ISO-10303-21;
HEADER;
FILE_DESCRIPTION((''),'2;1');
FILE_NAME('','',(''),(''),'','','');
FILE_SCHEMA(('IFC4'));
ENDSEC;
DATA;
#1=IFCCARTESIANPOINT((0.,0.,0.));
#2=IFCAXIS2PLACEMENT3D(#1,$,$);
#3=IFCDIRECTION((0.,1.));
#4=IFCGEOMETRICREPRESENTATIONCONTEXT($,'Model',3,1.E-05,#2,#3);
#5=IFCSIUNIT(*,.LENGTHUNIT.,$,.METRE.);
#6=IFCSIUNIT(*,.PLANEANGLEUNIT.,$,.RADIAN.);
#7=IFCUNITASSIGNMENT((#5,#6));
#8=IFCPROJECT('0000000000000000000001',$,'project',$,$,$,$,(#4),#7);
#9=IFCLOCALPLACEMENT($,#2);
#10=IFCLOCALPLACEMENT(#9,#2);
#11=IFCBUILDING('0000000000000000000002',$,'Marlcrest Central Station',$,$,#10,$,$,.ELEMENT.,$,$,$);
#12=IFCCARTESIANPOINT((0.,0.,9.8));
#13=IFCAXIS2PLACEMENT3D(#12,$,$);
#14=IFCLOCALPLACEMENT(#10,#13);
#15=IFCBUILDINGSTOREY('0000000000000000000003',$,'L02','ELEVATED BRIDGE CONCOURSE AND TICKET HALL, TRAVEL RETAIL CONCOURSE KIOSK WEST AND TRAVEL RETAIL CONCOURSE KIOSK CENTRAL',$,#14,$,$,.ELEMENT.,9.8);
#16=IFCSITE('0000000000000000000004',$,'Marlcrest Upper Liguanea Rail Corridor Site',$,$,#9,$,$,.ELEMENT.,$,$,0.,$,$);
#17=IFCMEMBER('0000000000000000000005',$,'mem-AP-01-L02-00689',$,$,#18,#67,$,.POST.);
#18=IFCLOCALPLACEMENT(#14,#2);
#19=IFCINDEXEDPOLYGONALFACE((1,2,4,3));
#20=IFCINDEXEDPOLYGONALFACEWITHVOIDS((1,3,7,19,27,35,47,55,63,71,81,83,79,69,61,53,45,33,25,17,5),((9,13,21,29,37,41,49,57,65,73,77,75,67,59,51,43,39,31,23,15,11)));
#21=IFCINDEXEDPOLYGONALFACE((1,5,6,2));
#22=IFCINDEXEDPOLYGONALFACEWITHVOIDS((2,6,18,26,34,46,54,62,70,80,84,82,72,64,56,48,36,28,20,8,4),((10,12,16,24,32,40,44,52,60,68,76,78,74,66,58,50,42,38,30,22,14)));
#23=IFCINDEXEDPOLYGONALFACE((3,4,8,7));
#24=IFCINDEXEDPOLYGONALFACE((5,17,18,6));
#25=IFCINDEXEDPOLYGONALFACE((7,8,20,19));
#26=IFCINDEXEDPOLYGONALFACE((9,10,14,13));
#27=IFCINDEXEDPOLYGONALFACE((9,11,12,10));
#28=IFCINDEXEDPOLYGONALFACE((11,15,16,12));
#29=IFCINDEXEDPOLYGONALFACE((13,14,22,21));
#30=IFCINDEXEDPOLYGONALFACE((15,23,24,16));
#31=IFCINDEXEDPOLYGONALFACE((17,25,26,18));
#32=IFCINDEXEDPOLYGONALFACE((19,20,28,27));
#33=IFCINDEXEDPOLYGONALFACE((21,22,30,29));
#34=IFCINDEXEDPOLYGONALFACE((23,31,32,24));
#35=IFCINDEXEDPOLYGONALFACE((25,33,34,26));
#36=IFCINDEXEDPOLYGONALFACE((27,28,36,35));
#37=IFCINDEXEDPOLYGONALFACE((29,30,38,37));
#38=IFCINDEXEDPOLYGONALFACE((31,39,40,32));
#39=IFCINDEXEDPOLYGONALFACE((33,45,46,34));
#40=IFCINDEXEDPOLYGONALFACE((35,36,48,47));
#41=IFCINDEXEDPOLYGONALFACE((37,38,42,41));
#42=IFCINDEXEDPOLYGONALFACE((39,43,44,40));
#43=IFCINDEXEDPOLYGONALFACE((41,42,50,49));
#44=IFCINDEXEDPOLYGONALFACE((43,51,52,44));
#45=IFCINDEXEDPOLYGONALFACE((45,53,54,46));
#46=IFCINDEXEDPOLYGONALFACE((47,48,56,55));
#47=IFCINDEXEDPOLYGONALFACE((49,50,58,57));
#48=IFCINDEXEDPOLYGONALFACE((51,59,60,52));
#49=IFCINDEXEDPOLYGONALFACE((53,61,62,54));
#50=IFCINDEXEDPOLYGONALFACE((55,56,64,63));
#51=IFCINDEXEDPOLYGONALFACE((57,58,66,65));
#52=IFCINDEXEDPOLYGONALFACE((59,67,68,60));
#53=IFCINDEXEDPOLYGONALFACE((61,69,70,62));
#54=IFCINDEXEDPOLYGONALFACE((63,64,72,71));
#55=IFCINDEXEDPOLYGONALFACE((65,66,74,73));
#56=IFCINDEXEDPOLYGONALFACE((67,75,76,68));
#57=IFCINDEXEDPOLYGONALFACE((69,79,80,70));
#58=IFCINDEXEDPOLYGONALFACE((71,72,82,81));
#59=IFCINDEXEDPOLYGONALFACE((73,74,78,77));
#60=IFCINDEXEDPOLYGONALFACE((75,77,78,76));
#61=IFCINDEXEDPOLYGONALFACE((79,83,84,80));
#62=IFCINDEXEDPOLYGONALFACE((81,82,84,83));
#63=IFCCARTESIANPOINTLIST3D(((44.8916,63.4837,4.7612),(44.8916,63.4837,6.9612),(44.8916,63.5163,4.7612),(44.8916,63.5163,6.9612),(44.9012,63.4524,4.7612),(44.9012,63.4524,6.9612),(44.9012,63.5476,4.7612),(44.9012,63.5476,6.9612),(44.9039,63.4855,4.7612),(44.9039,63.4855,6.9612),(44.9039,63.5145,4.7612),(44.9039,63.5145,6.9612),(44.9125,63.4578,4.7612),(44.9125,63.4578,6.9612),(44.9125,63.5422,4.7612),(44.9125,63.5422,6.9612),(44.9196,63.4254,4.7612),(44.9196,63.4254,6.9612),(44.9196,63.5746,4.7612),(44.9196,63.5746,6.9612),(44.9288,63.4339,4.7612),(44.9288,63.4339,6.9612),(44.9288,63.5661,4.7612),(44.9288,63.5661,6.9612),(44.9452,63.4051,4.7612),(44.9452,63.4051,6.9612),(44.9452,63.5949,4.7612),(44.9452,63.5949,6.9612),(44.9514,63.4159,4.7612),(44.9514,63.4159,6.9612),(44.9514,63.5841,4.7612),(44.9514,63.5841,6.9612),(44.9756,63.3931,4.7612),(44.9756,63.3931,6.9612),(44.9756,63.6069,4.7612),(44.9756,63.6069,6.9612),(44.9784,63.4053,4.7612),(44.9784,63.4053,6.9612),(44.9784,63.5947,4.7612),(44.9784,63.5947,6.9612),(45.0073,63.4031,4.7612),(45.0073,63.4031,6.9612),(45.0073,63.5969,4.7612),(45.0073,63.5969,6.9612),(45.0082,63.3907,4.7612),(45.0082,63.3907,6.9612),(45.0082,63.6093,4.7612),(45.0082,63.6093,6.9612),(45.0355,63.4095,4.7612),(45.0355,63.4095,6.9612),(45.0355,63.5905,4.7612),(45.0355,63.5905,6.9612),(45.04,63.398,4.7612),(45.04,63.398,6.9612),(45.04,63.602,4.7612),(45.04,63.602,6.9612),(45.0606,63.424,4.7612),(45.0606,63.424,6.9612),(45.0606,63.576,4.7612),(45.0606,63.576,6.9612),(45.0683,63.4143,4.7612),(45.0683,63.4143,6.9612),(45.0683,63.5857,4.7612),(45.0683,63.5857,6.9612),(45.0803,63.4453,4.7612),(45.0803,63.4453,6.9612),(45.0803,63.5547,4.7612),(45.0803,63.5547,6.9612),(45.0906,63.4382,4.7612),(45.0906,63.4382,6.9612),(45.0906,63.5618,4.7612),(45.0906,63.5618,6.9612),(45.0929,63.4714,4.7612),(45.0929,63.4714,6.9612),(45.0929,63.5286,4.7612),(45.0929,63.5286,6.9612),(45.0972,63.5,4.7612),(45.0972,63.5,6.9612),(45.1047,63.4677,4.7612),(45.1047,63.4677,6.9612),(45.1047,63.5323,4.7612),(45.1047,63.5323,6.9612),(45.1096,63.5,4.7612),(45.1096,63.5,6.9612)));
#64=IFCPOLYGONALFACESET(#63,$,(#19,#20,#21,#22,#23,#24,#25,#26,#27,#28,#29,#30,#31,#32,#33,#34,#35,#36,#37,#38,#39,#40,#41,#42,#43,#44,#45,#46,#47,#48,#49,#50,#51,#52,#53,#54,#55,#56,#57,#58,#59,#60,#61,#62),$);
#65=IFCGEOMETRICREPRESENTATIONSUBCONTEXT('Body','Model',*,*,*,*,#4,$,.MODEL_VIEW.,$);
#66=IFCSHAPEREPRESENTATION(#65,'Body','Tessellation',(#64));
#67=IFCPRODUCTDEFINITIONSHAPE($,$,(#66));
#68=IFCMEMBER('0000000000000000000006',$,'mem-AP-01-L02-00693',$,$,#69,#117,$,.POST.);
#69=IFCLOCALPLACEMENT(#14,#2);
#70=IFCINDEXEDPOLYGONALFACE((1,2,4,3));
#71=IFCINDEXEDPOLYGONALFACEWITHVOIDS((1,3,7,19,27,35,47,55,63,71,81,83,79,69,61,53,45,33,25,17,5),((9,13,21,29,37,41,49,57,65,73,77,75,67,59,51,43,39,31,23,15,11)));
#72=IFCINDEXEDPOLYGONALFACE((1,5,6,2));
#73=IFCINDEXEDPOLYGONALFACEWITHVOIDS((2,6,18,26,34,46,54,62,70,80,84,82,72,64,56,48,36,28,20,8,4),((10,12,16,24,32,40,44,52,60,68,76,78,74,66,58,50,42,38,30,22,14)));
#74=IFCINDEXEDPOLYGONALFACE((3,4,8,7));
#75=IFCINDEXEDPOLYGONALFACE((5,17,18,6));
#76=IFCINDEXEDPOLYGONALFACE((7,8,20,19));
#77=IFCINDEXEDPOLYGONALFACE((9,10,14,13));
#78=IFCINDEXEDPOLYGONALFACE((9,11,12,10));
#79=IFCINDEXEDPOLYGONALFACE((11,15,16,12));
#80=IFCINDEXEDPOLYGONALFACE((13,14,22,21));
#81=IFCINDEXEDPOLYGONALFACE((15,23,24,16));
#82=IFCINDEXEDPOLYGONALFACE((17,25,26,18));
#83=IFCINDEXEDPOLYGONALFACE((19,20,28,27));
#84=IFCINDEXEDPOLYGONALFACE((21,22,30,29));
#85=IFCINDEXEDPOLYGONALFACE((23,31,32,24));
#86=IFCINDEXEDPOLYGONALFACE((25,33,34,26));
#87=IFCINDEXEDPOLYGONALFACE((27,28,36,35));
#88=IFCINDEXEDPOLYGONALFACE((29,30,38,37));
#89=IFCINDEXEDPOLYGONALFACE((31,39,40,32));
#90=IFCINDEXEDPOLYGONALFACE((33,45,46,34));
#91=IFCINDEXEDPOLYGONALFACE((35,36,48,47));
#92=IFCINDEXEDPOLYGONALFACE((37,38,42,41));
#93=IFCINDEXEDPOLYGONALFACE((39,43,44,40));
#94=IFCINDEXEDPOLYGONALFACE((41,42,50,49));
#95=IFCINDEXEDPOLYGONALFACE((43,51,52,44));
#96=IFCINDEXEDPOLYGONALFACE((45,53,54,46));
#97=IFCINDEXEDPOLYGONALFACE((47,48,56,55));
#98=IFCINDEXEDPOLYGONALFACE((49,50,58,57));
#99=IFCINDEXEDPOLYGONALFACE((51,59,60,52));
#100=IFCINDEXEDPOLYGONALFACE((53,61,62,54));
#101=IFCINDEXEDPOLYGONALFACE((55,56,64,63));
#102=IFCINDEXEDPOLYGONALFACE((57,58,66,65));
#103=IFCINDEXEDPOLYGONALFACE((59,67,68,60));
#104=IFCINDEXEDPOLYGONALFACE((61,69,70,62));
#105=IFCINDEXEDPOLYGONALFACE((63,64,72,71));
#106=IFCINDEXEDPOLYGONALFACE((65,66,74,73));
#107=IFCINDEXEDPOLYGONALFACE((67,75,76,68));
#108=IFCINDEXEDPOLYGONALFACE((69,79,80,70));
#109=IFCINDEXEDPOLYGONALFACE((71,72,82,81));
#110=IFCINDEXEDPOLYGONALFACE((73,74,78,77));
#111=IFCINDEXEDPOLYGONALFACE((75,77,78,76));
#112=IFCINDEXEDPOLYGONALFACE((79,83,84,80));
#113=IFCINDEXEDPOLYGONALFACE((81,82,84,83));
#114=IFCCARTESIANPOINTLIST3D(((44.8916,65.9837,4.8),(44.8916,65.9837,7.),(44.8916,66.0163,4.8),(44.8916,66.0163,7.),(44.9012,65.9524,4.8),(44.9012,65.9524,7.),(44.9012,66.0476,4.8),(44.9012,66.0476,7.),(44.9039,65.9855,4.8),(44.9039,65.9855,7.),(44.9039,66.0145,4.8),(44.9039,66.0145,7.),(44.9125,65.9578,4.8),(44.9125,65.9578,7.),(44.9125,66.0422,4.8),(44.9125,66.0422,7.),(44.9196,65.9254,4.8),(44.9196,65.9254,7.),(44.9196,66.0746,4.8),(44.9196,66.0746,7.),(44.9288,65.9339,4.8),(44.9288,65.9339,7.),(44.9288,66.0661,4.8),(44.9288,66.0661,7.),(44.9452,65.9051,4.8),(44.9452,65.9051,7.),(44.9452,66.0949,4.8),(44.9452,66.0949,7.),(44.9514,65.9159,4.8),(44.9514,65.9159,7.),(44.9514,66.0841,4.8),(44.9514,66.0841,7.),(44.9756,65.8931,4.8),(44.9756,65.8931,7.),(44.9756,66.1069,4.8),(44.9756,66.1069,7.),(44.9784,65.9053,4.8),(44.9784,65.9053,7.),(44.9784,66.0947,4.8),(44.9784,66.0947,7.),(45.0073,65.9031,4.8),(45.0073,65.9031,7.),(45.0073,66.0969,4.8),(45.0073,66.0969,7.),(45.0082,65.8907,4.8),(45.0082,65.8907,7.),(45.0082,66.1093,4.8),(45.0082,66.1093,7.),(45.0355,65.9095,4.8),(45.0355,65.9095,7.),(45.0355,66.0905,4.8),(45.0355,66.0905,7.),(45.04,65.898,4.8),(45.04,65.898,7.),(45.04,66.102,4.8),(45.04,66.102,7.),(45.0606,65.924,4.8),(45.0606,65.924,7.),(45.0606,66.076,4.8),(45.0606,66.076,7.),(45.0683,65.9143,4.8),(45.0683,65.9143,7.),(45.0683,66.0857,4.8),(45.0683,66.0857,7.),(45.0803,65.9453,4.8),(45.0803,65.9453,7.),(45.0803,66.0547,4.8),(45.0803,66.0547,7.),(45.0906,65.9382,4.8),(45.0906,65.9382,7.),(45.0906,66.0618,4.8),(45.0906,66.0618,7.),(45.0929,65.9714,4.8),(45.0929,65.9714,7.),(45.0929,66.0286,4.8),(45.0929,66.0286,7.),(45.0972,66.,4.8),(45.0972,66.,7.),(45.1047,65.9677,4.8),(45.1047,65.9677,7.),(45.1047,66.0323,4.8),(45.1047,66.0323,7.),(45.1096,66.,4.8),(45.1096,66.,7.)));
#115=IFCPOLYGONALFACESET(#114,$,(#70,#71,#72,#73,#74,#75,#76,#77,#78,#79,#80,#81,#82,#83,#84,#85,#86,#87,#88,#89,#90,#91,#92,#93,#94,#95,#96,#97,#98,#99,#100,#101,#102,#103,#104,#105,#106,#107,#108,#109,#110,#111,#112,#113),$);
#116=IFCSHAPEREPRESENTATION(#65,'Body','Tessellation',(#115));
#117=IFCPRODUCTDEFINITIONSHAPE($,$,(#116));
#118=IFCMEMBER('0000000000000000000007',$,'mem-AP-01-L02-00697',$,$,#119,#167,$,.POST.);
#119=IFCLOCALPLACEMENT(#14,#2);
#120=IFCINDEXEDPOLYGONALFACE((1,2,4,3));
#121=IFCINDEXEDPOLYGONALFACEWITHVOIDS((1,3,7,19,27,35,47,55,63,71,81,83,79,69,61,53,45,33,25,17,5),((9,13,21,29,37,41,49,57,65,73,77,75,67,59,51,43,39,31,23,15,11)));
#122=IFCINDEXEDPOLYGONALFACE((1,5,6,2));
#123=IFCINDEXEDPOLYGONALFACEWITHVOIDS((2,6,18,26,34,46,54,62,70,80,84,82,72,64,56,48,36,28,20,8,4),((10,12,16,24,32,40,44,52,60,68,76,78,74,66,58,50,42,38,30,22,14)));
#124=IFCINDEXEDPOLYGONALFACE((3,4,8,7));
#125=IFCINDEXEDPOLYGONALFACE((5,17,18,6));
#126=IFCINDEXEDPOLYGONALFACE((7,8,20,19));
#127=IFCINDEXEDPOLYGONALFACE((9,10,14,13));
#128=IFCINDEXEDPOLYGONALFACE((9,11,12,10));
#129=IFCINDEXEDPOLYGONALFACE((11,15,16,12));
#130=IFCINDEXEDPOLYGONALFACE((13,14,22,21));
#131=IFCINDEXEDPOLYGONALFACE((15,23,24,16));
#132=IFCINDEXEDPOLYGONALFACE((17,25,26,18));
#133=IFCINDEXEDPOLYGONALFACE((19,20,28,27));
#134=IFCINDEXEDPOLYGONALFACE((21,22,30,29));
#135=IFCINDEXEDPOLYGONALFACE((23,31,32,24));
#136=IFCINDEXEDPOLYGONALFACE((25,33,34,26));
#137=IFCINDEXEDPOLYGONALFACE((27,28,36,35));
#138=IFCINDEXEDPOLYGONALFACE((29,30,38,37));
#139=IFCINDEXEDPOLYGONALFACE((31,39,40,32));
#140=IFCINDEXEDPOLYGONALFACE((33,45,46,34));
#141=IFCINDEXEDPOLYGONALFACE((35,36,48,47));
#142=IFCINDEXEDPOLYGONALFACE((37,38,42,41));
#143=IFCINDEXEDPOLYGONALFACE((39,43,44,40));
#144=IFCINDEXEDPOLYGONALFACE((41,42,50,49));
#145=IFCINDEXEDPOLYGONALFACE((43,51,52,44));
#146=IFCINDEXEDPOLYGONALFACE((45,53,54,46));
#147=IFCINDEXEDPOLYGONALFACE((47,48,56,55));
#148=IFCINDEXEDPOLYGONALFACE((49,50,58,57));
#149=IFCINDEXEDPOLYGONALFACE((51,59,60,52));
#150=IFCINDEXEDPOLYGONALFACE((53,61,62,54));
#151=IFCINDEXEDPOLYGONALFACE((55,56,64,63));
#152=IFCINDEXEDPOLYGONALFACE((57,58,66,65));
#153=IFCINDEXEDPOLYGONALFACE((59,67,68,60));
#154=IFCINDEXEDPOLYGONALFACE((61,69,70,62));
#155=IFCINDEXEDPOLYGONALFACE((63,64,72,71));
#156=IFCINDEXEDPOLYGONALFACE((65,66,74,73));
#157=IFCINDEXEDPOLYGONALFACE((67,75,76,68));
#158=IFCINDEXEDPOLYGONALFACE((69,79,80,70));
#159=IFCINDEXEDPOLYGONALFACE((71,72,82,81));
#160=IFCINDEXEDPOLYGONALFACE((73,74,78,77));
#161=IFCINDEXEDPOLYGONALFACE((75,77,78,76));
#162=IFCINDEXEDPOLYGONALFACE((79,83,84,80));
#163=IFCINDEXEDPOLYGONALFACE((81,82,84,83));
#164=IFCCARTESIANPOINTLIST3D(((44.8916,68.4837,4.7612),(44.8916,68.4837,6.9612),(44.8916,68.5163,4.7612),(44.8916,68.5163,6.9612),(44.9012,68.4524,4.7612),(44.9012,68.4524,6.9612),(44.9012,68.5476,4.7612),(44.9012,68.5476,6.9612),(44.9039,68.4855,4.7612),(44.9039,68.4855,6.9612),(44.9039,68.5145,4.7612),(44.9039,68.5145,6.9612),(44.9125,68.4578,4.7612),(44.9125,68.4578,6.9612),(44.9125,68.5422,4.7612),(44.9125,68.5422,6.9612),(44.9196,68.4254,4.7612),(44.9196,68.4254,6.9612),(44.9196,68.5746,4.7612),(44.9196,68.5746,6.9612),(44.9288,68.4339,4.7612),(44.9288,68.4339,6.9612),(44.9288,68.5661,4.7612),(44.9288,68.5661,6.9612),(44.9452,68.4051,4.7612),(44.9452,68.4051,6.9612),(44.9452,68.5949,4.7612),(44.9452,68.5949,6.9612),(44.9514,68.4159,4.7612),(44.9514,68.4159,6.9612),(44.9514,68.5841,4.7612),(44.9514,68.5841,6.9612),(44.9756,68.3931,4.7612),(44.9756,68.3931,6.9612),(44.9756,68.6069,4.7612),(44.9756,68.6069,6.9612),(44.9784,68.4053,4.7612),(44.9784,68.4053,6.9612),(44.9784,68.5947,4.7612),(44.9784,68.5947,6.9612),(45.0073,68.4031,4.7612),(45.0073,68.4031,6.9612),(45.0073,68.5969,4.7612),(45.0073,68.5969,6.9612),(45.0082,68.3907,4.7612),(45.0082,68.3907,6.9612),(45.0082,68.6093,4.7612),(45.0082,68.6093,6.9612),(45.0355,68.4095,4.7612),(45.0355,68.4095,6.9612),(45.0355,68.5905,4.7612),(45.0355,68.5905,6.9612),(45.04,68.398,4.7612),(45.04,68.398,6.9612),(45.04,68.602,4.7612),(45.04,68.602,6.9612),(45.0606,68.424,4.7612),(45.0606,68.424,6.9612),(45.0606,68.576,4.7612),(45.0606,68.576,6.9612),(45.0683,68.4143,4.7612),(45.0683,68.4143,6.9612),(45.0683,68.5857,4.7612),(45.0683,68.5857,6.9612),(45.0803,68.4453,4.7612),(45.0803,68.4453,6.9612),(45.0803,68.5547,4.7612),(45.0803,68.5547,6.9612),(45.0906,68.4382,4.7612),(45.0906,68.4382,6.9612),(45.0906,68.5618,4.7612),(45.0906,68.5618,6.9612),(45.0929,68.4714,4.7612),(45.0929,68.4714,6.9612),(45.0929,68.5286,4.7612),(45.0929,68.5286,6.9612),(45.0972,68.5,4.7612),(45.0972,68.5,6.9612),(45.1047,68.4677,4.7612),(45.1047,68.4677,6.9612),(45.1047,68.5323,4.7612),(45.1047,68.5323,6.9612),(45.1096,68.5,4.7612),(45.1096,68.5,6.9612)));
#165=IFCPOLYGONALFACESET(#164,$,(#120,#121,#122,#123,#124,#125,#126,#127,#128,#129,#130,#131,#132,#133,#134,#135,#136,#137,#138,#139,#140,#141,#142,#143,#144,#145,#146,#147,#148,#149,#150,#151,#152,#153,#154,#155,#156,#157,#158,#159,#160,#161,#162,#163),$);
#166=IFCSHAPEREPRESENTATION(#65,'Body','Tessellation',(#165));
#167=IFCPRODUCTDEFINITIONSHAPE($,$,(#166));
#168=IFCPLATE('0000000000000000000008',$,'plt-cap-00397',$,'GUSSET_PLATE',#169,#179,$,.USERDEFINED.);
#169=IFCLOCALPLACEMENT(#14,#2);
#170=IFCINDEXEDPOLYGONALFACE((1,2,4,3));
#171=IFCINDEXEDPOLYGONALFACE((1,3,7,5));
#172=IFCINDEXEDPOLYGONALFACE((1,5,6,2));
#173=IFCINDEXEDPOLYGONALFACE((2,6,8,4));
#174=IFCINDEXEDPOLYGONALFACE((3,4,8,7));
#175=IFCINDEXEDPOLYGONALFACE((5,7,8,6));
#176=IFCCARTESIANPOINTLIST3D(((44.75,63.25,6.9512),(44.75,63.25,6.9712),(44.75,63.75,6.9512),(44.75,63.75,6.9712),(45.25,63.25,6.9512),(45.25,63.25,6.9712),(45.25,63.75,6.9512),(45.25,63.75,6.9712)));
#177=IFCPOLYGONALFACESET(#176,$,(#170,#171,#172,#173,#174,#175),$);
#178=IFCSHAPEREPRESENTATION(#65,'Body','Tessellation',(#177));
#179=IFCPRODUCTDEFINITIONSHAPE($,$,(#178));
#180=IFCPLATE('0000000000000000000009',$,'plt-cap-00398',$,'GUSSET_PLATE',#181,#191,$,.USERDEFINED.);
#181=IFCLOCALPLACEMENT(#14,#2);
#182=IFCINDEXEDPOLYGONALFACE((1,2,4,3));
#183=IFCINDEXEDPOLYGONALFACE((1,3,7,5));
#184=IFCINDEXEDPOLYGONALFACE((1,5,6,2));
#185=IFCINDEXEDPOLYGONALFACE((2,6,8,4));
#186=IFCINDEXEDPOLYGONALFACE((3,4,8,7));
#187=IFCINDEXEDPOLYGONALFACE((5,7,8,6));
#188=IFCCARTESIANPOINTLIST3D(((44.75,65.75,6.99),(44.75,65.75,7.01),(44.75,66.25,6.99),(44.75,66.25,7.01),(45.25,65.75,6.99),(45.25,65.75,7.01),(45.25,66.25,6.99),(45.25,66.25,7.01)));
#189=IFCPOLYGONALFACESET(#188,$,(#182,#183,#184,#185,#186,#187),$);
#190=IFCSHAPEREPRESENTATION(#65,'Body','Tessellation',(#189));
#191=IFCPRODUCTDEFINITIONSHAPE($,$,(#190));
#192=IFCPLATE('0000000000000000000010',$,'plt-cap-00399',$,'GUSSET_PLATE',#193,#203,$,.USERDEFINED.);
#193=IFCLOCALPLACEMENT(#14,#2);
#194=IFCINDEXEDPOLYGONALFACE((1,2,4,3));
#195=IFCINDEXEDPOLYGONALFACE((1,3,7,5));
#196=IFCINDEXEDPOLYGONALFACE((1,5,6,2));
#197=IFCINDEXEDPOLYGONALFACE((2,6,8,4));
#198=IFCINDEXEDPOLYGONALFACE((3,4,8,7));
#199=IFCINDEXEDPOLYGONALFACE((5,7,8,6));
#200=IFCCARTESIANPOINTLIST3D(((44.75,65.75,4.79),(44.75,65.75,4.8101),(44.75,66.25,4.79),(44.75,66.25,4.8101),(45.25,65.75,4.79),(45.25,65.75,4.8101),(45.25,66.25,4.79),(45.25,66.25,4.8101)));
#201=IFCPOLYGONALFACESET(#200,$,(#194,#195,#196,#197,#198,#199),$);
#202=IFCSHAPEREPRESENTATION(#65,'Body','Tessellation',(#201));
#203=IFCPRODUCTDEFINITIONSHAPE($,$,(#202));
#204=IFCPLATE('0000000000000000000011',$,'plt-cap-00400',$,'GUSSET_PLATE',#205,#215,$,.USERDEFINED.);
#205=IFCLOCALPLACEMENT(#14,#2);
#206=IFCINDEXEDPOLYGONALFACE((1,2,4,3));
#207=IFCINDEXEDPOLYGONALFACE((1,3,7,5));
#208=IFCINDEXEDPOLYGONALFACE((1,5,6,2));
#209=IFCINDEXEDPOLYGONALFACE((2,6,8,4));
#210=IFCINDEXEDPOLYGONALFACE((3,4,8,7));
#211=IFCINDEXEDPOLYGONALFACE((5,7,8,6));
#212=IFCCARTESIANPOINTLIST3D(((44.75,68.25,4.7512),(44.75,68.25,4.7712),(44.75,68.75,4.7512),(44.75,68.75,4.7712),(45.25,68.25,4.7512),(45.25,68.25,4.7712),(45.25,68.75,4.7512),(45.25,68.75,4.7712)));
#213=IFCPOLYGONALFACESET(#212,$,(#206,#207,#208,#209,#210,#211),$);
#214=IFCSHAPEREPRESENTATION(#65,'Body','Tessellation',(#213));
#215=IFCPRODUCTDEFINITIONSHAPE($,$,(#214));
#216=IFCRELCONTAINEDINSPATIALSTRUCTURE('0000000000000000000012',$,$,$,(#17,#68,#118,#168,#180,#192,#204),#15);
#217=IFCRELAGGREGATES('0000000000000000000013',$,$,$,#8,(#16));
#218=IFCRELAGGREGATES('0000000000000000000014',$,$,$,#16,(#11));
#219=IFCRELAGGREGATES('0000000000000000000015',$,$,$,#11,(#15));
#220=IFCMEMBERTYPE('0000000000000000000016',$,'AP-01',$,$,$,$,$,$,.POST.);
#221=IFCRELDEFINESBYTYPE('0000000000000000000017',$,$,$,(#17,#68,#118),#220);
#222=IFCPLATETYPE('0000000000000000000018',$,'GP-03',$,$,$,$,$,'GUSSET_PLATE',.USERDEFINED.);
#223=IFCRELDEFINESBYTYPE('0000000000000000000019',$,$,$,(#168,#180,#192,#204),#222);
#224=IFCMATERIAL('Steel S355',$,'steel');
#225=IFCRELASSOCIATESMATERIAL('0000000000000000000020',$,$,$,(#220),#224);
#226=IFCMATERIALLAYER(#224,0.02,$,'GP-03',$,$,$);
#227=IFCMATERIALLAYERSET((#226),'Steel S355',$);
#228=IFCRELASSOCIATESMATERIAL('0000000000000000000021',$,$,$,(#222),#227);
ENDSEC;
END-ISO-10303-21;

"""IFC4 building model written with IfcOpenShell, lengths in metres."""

from ifc_helpers import new_model, si_unit, direction, frame, origin, origin_2d, place, context, subcontext, project, spatial, rectangle, hollow_circle, extrude, material, layer, layer_set, material_profile, profile_set, type_object, element, save


model = new_model("IFC4")

# Units and contexts
model_context = context("Model", 3, precision=1e-05, world=origin(), true_north=direction((0.0, 1.0)))
body_context = subcontext(model_context, "Body", "Model", "MODEL_VIEW")
ifc_project = project(units=[si_unit("LENGTHUNIT", "METRE"), si_unit("PLANEANGLEUNIT", "RADIAN")], contexts=[model_context])

# Site, building, storey
site_placement = place(None, origin())
site = spatial("IfcSite", under=ifc_project, at=site_placement, Name="Marlcrest Upper Liguanea Rail Corridor Site", CompositionType="ELEMENT", RefElevation=0.0)
building_placement = place(site_placement, origin())
building = spatial("IfcBuilding", under=site, at=building_placement, Name="Marlcrest Central Station", CompositionType="ELEMENT")
storey_placement = place(building_placement, frame((0.0, 0.0, 9.8)))
storey = spatial("IfcBuildingStorey", under=building, at=storey_placement, Name="L02", Description="ELEVATED BRIDGE CONCOURSE AND TICKET HALL, TRAVEL RETAIL CONCOURSE KIOSK WEST AND TRAVEL RETAIL CONCOURSE KIOSK CENTRAL", CompositionType="ELEMENT", Elevation=9.8)

# Members
ifc_material = material(Name="Steel S355", Category="steel")
ifc_material_profile_1 = material_profile(ifc_material, hollow_circle(Radius=0.1096, WallThickness=0.0125, at=origin_2d()), Name="CHS 219.1x12.5")
ifc_profile_set_1 = profile_set([ifc_material_profile_1], Name="Steel S355")
member_type_1 = type_object("IfcMemberType", Name="AP-01", PredefinedType="POST", material=ifc_profile_set_1)
for number, where, z_axis, x_axis, name in (
    (1, (45.0, 63.5, 4.7612), (0.0, 0.0, 1.0), (1.0, 0.0, 0.0), "mem-AP-01-L02-00689"),
    (2, (45.0, 66.0, 4.8), (0.0, 0.0, 1.0), (1.0, 0.0, 0.0), "mem-AP-01-L02-00693"),
    (3, (45.0, 68.5, 4.7612), (0.0, 0.0, 1.0), (1.0, 0.0, 0.0), "mem-AP-01-L02-00697"),
):
    element("IfcMember", number, at=place(storey_placement, frame(where, z_axis=z_axis, x_axis=x_axis)), inside=storey, type_object=member_type_1, Name=name, PredefinedType="POST", context=body_context, shape_type="SweptSolid", body=[
        extrude(hollow_circle(Radius=0.1096, WallThickness=0.0125, at=origin_2d()), origin(), (0.0, 0.0, 1.0), 2.2),
    ])

# Plates
ifc_layer = layer(ifc_material, 0.02, Name="GP-03")
ifc_layer_set = layer_set([ifc_layer], Name="Steel S355")
plate_type = type_object("IfcPlateType", Name="GP-03", ElementType="GUSSET_PLATE", PredefinedType="USERDEFINED", material=ifc_layer_set)
for number, where, z_axis, x_axis, name in (
    (4, (45.0, 63.5, 6.9512), (0.0, 0.0, 1.0), (1.0, 0.0, 0.0), "plt-cap-00397"),
    (5, (45.0, 66.0, 6.99), (0.0, 0.0, 1.0), (1.0, 0.0, 0.0), "plt-cap-00398"),
    (6, (45.0, 66.0, 4.79), (0.0, 0.0, 1.0), (1.0, 0.0, 0.0), "plt-cap-00399"),
    (7, (45.0, 68.5, 4.7512), (0.0, 0.0, 1.0), (1.0, 0.0, 0.0), "plt-cap-00400"),
):
    element("IfcPlate", number, at=place(storey_placement, frame(where, z_axis=z_axis, x_axis=x_axis)), inside=storey, type_object=plate_type, Name=name, ObjectType="GUSSET_PLATE", PredefinedType="USERDEFINED", context=body_context, shape_type="SweptSolid", body=[
        extrude(rectangle(XDim=0.5, YDim=0.5, at=origin_2d()), origin(), (0.0, 0.0, 1.0), 0.02),
    ])

save(model, "model.ifc")
